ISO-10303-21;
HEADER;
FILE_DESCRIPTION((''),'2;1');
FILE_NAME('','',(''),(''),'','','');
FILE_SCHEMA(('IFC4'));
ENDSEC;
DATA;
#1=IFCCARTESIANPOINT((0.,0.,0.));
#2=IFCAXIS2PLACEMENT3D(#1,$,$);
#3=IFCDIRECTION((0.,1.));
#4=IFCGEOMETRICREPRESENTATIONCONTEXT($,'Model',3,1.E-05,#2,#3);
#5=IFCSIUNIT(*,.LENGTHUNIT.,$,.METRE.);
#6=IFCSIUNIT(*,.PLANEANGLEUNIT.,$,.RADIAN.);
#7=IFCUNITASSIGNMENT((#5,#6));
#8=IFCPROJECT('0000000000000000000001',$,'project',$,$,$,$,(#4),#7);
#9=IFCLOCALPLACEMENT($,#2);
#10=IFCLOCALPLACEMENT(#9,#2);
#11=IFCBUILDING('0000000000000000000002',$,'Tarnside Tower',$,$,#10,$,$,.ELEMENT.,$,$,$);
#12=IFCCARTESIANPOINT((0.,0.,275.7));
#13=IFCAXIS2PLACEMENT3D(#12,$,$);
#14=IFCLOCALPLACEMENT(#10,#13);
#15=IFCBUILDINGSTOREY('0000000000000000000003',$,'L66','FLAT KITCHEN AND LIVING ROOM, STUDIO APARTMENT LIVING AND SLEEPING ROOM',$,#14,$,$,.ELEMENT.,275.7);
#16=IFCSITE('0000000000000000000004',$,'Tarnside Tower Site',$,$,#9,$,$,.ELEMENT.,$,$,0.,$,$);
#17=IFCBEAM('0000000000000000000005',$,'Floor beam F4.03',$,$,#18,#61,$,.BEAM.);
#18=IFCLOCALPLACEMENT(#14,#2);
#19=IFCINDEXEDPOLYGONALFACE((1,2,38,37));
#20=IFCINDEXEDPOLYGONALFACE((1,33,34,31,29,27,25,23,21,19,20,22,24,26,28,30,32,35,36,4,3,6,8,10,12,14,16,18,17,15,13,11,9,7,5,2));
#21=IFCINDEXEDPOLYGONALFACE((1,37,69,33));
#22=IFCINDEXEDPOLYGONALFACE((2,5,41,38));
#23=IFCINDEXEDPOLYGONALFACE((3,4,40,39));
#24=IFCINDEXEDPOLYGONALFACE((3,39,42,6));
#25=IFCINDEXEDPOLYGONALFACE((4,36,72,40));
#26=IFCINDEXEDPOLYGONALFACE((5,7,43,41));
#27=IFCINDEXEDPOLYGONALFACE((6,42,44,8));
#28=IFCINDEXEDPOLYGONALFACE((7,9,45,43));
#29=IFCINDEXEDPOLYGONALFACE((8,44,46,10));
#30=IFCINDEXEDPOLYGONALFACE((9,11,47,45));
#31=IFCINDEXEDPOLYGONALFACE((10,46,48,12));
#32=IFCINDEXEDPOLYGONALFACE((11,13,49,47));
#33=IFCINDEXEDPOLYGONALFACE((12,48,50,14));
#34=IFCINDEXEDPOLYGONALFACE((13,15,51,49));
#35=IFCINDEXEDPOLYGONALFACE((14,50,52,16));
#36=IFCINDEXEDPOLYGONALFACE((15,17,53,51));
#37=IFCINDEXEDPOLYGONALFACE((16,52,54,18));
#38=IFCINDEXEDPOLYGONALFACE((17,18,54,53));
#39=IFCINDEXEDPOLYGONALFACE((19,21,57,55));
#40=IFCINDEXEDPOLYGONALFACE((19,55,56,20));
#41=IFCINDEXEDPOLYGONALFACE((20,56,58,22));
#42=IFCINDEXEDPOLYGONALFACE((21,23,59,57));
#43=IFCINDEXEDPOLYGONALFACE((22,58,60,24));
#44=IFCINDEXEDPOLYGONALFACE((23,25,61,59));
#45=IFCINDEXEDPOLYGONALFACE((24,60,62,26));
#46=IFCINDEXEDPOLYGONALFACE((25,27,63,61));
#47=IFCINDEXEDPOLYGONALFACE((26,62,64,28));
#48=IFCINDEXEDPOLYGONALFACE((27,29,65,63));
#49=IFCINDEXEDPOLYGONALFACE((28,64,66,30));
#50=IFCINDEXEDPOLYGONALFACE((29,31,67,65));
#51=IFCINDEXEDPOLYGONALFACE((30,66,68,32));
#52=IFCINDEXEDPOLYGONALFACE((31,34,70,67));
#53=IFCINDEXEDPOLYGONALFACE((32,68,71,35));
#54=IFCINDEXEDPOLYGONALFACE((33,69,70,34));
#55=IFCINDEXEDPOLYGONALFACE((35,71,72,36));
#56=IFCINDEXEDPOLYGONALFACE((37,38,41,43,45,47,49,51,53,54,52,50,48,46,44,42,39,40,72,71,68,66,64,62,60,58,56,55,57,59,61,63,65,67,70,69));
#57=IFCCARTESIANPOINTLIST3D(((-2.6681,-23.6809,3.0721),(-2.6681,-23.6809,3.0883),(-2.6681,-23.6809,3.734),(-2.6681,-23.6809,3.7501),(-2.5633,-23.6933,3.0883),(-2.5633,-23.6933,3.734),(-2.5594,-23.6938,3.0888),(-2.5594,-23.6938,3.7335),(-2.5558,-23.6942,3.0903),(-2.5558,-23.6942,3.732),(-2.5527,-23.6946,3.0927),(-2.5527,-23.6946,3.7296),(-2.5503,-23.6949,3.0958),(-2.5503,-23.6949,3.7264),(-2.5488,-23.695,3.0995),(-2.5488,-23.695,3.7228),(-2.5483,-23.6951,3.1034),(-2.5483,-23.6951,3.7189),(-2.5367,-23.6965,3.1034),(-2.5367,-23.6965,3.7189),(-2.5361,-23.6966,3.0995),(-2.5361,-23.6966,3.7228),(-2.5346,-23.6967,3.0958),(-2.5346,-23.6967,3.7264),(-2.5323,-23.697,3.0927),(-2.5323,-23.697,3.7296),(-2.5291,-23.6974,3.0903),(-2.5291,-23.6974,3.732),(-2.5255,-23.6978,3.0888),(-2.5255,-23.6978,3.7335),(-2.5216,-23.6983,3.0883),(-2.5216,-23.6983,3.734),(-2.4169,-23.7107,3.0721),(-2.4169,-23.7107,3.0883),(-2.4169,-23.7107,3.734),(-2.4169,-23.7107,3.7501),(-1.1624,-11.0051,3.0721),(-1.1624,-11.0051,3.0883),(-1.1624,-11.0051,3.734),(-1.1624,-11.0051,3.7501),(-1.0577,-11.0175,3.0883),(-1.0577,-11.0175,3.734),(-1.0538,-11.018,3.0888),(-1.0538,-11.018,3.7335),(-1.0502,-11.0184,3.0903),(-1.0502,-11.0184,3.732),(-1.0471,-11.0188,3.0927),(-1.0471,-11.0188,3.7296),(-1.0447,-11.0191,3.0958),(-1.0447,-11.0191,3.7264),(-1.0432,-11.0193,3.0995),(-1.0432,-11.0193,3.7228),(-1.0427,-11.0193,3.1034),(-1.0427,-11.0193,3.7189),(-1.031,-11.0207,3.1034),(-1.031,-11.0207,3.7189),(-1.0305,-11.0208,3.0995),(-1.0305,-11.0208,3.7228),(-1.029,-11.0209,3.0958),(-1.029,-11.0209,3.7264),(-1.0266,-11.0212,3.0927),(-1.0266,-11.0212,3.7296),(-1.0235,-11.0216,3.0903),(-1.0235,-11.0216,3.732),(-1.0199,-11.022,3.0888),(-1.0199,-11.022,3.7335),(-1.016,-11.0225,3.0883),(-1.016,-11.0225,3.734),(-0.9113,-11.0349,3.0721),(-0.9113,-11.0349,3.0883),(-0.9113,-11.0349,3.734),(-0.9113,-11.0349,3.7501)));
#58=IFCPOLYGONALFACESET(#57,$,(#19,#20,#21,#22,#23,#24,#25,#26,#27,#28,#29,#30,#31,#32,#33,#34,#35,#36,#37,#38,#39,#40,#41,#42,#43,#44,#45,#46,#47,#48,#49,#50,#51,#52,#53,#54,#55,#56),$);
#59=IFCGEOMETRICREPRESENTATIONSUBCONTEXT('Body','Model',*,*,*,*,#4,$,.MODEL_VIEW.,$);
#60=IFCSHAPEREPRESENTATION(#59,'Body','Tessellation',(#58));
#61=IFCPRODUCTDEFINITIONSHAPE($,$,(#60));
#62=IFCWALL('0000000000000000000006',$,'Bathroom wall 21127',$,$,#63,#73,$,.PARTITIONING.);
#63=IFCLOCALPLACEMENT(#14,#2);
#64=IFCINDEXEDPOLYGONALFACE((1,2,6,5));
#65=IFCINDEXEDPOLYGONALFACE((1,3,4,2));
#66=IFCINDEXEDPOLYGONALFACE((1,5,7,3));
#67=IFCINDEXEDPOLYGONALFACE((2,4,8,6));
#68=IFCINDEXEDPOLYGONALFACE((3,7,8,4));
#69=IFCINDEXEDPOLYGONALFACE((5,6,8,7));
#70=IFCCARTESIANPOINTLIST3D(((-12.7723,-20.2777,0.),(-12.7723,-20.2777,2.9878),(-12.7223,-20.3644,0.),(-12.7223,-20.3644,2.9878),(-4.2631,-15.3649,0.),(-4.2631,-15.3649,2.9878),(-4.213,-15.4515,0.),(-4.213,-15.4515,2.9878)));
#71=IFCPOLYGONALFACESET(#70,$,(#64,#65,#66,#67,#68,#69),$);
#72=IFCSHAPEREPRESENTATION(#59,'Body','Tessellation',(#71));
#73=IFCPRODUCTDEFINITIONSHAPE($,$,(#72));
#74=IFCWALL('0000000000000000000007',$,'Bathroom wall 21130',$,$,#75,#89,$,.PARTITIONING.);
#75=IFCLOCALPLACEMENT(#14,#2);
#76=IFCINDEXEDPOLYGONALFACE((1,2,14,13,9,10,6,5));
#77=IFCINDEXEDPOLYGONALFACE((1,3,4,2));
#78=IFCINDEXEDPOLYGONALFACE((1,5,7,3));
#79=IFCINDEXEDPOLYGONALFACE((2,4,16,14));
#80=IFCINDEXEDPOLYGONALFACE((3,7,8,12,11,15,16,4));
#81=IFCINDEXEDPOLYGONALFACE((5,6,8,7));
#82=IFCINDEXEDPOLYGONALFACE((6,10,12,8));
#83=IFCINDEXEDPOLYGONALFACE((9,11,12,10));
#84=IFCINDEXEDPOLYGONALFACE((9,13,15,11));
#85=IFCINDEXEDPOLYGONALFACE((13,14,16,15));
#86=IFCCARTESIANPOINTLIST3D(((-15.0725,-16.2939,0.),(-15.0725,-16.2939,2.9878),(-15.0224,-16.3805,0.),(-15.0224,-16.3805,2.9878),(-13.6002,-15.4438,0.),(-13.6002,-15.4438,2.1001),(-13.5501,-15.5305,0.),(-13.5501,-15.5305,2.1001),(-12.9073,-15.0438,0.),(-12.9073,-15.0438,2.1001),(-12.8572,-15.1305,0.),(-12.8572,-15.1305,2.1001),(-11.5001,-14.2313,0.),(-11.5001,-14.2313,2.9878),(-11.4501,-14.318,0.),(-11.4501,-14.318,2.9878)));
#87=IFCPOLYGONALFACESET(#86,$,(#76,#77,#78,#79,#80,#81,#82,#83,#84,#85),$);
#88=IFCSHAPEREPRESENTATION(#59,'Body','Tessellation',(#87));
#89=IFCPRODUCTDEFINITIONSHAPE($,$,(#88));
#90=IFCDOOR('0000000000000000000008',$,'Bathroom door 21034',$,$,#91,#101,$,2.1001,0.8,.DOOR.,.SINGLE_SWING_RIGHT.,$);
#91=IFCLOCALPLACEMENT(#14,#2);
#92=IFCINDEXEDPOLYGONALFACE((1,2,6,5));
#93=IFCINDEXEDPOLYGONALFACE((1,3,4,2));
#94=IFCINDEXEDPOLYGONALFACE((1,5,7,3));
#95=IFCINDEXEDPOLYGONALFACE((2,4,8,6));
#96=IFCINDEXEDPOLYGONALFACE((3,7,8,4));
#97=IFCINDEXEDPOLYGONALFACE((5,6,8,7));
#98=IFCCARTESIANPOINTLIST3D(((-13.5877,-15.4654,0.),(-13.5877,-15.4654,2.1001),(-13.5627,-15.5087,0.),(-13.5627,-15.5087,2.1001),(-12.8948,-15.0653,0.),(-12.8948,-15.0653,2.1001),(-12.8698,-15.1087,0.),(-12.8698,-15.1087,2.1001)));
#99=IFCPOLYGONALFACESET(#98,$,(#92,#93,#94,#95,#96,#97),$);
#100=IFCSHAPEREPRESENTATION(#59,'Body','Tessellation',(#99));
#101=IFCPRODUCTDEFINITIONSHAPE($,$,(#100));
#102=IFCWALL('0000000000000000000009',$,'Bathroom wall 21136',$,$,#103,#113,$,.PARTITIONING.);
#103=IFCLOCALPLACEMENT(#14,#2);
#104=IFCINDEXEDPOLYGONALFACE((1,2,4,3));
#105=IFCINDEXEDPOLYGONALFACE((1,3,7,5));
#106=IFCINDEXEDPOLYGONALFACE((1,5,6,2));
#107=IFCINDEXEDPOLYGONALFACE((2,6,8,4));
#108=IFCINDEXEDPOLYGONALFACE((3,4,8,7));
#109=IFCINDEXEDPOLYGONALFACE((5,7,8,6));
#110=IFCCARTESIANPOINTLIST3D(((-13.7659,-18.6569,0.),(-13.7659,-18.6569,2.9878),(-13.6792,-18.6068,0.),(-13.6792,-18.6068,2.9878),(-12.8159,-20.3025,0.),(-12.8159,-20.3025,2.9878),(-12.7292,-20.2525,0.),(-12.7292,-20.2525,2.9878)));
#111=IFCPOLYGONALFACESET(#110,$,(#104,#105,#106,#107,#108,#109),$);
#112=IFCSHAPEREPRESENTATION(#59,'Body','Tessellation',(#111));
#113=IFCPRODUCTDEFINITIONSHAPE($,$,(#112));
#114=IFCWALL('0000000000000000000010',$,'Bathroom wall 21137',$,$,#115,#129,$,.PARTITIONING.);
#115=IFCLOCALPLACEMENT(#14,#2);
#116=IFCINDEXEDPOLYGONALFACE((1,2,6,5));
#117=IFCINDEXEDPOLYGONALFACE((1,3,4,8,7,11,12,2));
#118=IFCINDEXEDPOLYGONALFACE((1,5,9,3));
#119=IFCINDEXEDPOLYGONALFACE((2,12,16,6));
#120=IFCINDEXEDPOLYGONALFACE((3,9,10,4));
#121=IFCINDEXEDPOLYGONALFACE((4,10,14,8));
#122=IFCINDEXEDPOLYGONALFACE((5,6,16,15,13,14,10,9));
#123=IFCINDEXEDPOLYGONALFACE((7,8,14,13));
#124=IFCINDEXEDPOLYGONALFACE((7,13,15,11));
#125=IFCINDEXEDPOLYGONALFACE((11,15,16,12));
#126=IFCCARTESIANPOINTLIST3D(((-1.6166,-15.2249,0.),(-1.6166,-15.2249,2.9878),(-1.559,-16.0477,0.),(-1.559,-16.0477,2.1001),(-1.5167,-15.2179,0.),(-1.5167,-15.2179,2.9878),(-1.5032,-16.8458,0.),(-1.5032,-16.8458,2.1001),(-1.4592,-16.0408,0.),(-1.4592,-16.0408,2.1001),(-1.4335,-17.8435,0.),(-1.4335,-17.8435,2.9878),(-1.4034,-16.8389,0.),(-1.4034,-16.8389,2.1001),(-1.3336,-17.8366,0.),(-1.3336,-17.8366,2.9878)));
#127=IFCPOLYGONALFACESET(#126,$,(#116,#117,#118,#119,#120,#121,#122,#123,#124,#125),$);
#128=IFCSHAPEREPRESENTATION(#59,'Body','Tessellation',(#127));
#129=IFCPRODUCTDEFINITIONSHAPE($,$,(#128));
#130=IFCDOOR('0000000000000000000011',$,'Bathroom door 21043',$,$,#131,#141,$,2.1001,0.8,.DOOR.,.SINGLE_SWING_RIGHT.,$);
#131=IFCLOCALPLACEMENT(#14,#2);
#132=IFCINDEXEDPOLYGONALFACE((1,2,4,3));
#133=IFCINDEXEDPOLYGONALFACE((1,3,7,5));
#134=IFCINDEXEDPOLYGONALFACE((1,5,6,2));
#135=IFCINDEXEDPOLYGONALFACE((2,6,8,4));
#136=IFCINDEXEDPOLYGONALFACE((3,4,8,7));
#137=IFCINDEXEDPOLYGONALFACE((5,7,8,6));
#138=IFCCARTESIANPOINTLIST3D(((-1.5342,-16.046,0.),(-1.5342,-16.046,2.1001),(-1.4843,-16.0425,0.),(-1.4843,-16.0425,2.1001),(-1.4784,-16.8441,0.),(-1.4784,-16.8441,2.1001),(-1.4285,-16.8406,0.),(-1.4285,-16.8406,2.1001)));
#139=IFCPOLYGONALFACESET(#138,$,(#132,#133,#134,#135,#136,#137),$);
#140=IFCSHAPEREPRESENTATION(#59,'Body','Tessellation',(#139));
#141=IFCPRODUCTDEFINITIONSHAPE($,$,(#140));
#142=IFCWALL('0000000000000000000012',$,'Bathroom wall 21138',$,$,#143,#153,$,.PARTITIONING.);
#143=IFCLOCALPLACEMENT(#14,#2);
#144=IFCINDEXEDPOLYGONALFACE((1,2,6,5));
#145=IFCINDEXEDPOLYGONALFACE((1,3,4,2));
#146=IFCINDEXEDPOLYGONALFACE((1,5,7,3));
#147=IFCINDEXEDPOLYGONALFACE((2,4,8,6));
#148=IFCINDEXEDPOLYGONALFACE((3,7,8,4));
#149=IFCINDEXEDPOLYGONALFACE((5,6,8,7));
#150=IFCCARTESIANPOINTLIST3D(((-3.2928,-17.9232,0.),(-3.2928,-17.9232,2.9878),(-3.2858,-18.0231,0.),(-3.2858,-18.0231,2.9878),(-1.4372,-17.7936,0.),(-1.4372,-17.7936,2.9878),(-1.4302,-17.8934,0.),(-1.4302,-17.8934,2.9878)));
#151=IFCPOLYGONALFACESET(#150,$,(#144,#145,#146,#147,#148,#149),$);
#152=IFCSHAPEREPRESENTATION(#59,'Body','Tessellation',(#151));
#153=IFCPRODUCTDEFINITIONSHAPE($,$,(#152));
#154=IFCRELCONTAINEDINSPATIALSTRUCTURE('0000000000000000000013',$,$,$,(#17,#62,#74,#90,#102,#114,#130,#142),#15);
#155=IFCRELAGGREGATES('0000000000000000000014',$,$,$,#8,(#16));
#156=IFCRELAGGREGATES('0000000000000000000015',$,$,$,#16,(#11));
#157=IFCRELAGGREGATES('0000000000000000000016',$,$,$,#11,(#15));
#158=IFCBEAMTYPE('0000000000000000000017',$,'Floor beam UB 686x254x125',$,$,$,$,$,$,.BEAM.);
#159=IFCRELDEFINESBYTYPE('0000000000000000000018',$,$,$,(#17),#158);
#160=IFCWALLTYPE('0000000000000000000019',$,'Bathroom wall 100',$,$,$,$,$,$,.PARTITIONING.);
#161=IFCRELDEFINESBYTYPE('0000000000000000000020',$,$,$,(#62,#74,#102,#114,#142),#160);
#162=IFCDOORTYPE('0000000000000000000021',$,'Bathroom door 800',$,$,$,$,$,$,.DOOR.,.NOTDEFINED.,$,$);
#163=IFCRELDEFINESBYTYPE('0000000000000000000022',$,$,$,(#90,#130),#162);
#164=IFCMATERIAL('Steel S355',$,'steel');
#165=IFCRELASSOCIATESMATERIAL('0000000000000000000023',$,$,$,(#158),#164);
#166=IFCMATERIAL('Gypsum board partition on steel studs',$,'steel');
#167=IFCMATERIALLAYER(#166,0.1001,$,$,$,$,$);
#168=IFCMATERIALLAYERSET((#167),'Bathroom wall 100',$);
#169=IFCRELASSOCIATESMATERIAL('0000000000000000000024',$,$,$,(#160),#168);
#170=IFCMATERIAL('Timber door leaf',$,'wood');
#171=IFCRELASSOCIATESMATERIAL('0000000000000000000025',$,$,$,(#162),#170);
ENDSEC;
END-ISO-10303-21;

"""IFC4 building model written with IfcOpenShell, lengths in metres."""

from ifc_helpers import new_model, si_unit, direction, frame, frame_2d, origin, origin_2d, place, context, subcontext, project, spatial, rectangle, i_section, extrude, material, layer, layer_set, material_profile, profile_set, type_object, element, fill, save


model = new_model("IFC4")

# Units and contexts
model_context = context("Model", 3, precision=1e-05, world=origin(), true_north=direction((0.0, 1.0)))
body_context = subcontext(model_context, "Body", "Model", "MODEL_VIEW")
ifc_project = project(units=[si_unit("LENGTHUNIT", "METRE"), si_unit("PLANEANGLEUNIT", "RADIAN")], contexts=[model_context])

# Site, building, storey
site_placement = place(None, origin())
site = spatial("IfcSite", under=ifc_project, at=site_placement, Name="Tarnside Tower Site", CompositionType="ELEMENT", RefElevation=0.0)
building_placement = place(site_placement, origin())
building = spatial("IfcBuilding", under=site, at=building_placement, Name="Tarnside Tower", CompositionType="ELEMENT")
storey_placement = place(building_placement, frame((0.0, 0.0, 275.7)))
storey = spatial("IfcBuildingStorey", under=building, at=storey_placement, Name="L66", Description="FLAT KITCHEN AND LIVING ROOM, STUDIO APARTMENT LIVING AND SLEEPING ROOM", CompositionType="ELEMENT", Elevation=275.7)

# Beam
ifc_material_1 = material(Name="Steel S355", Category="steel")
ifc_material_profile = material_profile(ifc_material_1, i_section(OverallWidth=0.2529, OverallDepth=0.678, WebThickness=0.0117, FlangeThickness=0.0161, FilletRadius=0.0151, at=origin_2d()), Name="UB 686x254x125")
ifc_profile_set = profile_set([ifc_material_profile], Name="Steel S355")
beam_type = type_object("IfcBeamType", Name="Floor beam UB 686x254x125", PredefinedType="BEAM", material=ifc_profile_set)
beam_placement = place(storey_placement, frame((-2.5425, -23.6958, 3.4111), z_axis=(0.11795, 0.99302, 0.0), x_axis=(-0.99302, 0.11795, 0.0)))
element("IfcBeam", 1, at=beam_placement, inside=storey, type_object=beam_type, Name="Floor beam F4.03", PredefinedType="BEAM", context=body_context, shape_type="SweptSolid", body=[
    extrude(i_section(OverallWidth=0.2529, OverallDepth=0.678, WebThickness=0.0117, FlangeThickness=0.0161, FilletRadius=0.0151, at=origin_2d()), origin(), (0.0, 0.0, 1.0), 12.7649),
])

# Wall
ifc_material_2 = material(Name="Gypsum board partition on steel studs", Category="steel")
ifc_layer_1 = layer(ifc_material_2, 0.1001)
ifc_layer_set_1 = layer_set([ifc_layer_1], Name="Bathroom wall 100")
wall_type_1 = type_object("IfcWallType", Name="Bathroom wall 100", PredefinedType="PARTITIONING", material=ifc_layer_set_1)
wall_1_placement = place(storey_placement, frame((-4.238, -15.4082, 0.0), z_axis=(0.0, 0.0, 1.0), x_axis=(-0.866025, -0.500001, 0.0)))
element("IfcWall", 2, at=wall_1_placement, inside=storey, type_object=wall_type_1, Name="Bathroom wall 21127", PredefinedType="PARTITIONING", context=body_context, shape_type="SweptSolid", body=[
    extrude(rectangle(XDim=9.8257, YDim=0.1001, at=frame_2d((4.9128, 0.0))), origin(), (0.0, 0.0, 1.0), 2.9878),
])

# Wall, opening, door
wall_2_placement = place(storey_placement, frame((-11.4751, -14.2747, 0.0), z_axis=(0.0, 0.0, 1.0), x_axis=(-0.86602, -0.500009, 0.0)))
wall_2 = element("IfcWall", 3, at=wall_2_placement, inside=storey, type_object=wall_type_1, Name="Bathroom wall 21130", PredefinedType="PARTITIONING", context=body_context, shape_type="SweptSolid", body=[
    extrude(rectangle(XDim=4.125, YDim=0.1001, at=frame_2d((2.0625, 0.0))), origin(), (0.0, 0.0, 1.0), 2.9878),
])
opening_1_placement = place(wall_2_placement, frame((1.625, 0.0, 0.0)))
opening_1 = element("IfcOpeningElement", 4, at=opening_1_placement, cuts=wall_2, PredefinedType="OPENING", context=body_context, shape_type="SweptSolid", body=[
    extrude(rectangle(XDim=0.8, YDim=2.1001, at=frame_2d((0.3999, 1.05))), frame((0.0, 0.0601, 0.0), z_axis=(0.0, -1.0, 0.0), x_axis=(1.0, 0.0, 0.0)), (0.0, 0.0, 1.0), 0.1201),
])
ifc_material_3 = material(Name="Timber door leaf", Category="wood")
door_type_1 = type_object("IfcDoorType", Name="Bathroom door 800", OperationType="NOTDEFINED", PredefinedType="DOOR", material=ifc_material_3)
door_1_placement = place(opening_1_placement, origin())
door_1 = element("IfcDoor", 5, at=door_1_placement, inside=storey, type_object=door_type_1, Name="Bathroom door 21034", OperationType="SINGLE_SWING_RIGHT", OverallHeight=2.1001, OverallWidth=0.8, PredefinedType="DOOR", context=body_context, shape_type="SweptSolid", body=[
    extrude(rectangle(XDim=0.8, YDim=2.1001, at=frame_2d((0.3999, 1.05))), frame((0.0, 0.0249, 0.0), z_axis=(0.0, -1.0, 0.0), x_axis=(1.0, 0.0, 0.0)), (0.0, 0.0, 1.0), 0.05),
])
fill(opening_1, door_1)

# Wall
wall_3_placement = place(storey_placement, frame((-12.7725, -20.2776, 0.0), z_axis=(0.0, 0.0, 1.0), x_axis=(-0.499967, 0.866044, 0.0)))
element("IfcWall", 6, at=wall_3_placement, inside=storey, type_object=wall_type_1, Name="Bathroom wall 21136", PredefinedType="PARTITIONING", context=body_context, shape_type="SweptSolid", body=[
    extrude(rectangle(XDim=1.9001, YDim=0.1001, at=frame_2d((0.9502, 0.0))), origin(), (0.0, 0.0, 1.0), 2.9878),
])

# Wall, opening, door
wall_4_placement = place(storey_placement, frame((-1.5667, -15.2214, 0.0), z_axis=(0.0, 0.0, 1.0), x_axis=(0.069753, -0.997564, 0.0)))
wall_4 = element("IfcWall", 7, at=wall_4_placement, inside=storey, type_object=wall_type_1, Name="Bathroom wall 21137", PredefinedType="PARTITIONING", context=body_context, shape_type="SweptSolid", body=[
    extrude(rectangle(XDim=2.625, YDim=0.1001, at=frame_2d((1.3125, 0.0))), origin(), (0.0, 0.0, 1.0), 2.9878),
])
opening_2_placement = place(wall_4_placement, frame((0.825, 0.0, 0.0)))
opening_2 = element("IfcOpeningElement", 8, at=opening_2_placement, cuts=wall_4, PredefinedType="OPENING", context=body_context, shape_type="SweptSolid", body=[
    extrude(rectangle(XDim=0.8, YDim=2.1001, at=frame_2d((0.3999, 1.05))), frame((0.0, 0.0601, 0.0), z_axis=(0.0, -1.0, 0.0), x_axis=(1.0, 0.0, 0.0)), (0.0, 0.0, 1.0), 0.1201),
])
door_2_placement = place(opening_2_placement, origin())
door_2 = element("IfcDoor", 9, at=door_2_placement, inside=storey, type_object=door_type_1, Name="Bathroom door 21043", OperationType="SINGLE_SWING_RIGHT", OverallHeight=2.1001, OverallWidth=0.8, PredefinedType="DOOR", context=body_context, shape_type="SweptSolid", body=[
    extrude(rectangle(XDim=0.8, YDim=2.1001, at=frame_2d((0.3999, 1.05))), frame((0.0, 0.0249, 0.0), z_axis=(0.0, -1.0, 0.0), x_axis=(1.0, 0.0, 0.0)), (0.0, 0.0, 1.0), 0.05),
])
fill(opening_2, door_2)

# Wall
wall_5_placement = place(storey_placement, frame((-1.4336, -17.8435, 0.0), z_axis=(0.0, 0.0, 1.0), x_axis=(-0.997568, -0.069699, 0.0)))
element("IfcWall", 10, at=wall_5_placement, inside=storey, type_object=wall_type_1, Name="Bathroom wall 21138", PredefinedType="PARTITIONING", context=body_context, shape_type="SweptSolid", body=[
    extrude(rectangle(XDim=1.8601, YDim=0.1001, at=frame_2d((0.9302, 0.0))), origin(), (0.0, 0.0, 1.0), 2.9878),
])

save(model, "model.ifc")
